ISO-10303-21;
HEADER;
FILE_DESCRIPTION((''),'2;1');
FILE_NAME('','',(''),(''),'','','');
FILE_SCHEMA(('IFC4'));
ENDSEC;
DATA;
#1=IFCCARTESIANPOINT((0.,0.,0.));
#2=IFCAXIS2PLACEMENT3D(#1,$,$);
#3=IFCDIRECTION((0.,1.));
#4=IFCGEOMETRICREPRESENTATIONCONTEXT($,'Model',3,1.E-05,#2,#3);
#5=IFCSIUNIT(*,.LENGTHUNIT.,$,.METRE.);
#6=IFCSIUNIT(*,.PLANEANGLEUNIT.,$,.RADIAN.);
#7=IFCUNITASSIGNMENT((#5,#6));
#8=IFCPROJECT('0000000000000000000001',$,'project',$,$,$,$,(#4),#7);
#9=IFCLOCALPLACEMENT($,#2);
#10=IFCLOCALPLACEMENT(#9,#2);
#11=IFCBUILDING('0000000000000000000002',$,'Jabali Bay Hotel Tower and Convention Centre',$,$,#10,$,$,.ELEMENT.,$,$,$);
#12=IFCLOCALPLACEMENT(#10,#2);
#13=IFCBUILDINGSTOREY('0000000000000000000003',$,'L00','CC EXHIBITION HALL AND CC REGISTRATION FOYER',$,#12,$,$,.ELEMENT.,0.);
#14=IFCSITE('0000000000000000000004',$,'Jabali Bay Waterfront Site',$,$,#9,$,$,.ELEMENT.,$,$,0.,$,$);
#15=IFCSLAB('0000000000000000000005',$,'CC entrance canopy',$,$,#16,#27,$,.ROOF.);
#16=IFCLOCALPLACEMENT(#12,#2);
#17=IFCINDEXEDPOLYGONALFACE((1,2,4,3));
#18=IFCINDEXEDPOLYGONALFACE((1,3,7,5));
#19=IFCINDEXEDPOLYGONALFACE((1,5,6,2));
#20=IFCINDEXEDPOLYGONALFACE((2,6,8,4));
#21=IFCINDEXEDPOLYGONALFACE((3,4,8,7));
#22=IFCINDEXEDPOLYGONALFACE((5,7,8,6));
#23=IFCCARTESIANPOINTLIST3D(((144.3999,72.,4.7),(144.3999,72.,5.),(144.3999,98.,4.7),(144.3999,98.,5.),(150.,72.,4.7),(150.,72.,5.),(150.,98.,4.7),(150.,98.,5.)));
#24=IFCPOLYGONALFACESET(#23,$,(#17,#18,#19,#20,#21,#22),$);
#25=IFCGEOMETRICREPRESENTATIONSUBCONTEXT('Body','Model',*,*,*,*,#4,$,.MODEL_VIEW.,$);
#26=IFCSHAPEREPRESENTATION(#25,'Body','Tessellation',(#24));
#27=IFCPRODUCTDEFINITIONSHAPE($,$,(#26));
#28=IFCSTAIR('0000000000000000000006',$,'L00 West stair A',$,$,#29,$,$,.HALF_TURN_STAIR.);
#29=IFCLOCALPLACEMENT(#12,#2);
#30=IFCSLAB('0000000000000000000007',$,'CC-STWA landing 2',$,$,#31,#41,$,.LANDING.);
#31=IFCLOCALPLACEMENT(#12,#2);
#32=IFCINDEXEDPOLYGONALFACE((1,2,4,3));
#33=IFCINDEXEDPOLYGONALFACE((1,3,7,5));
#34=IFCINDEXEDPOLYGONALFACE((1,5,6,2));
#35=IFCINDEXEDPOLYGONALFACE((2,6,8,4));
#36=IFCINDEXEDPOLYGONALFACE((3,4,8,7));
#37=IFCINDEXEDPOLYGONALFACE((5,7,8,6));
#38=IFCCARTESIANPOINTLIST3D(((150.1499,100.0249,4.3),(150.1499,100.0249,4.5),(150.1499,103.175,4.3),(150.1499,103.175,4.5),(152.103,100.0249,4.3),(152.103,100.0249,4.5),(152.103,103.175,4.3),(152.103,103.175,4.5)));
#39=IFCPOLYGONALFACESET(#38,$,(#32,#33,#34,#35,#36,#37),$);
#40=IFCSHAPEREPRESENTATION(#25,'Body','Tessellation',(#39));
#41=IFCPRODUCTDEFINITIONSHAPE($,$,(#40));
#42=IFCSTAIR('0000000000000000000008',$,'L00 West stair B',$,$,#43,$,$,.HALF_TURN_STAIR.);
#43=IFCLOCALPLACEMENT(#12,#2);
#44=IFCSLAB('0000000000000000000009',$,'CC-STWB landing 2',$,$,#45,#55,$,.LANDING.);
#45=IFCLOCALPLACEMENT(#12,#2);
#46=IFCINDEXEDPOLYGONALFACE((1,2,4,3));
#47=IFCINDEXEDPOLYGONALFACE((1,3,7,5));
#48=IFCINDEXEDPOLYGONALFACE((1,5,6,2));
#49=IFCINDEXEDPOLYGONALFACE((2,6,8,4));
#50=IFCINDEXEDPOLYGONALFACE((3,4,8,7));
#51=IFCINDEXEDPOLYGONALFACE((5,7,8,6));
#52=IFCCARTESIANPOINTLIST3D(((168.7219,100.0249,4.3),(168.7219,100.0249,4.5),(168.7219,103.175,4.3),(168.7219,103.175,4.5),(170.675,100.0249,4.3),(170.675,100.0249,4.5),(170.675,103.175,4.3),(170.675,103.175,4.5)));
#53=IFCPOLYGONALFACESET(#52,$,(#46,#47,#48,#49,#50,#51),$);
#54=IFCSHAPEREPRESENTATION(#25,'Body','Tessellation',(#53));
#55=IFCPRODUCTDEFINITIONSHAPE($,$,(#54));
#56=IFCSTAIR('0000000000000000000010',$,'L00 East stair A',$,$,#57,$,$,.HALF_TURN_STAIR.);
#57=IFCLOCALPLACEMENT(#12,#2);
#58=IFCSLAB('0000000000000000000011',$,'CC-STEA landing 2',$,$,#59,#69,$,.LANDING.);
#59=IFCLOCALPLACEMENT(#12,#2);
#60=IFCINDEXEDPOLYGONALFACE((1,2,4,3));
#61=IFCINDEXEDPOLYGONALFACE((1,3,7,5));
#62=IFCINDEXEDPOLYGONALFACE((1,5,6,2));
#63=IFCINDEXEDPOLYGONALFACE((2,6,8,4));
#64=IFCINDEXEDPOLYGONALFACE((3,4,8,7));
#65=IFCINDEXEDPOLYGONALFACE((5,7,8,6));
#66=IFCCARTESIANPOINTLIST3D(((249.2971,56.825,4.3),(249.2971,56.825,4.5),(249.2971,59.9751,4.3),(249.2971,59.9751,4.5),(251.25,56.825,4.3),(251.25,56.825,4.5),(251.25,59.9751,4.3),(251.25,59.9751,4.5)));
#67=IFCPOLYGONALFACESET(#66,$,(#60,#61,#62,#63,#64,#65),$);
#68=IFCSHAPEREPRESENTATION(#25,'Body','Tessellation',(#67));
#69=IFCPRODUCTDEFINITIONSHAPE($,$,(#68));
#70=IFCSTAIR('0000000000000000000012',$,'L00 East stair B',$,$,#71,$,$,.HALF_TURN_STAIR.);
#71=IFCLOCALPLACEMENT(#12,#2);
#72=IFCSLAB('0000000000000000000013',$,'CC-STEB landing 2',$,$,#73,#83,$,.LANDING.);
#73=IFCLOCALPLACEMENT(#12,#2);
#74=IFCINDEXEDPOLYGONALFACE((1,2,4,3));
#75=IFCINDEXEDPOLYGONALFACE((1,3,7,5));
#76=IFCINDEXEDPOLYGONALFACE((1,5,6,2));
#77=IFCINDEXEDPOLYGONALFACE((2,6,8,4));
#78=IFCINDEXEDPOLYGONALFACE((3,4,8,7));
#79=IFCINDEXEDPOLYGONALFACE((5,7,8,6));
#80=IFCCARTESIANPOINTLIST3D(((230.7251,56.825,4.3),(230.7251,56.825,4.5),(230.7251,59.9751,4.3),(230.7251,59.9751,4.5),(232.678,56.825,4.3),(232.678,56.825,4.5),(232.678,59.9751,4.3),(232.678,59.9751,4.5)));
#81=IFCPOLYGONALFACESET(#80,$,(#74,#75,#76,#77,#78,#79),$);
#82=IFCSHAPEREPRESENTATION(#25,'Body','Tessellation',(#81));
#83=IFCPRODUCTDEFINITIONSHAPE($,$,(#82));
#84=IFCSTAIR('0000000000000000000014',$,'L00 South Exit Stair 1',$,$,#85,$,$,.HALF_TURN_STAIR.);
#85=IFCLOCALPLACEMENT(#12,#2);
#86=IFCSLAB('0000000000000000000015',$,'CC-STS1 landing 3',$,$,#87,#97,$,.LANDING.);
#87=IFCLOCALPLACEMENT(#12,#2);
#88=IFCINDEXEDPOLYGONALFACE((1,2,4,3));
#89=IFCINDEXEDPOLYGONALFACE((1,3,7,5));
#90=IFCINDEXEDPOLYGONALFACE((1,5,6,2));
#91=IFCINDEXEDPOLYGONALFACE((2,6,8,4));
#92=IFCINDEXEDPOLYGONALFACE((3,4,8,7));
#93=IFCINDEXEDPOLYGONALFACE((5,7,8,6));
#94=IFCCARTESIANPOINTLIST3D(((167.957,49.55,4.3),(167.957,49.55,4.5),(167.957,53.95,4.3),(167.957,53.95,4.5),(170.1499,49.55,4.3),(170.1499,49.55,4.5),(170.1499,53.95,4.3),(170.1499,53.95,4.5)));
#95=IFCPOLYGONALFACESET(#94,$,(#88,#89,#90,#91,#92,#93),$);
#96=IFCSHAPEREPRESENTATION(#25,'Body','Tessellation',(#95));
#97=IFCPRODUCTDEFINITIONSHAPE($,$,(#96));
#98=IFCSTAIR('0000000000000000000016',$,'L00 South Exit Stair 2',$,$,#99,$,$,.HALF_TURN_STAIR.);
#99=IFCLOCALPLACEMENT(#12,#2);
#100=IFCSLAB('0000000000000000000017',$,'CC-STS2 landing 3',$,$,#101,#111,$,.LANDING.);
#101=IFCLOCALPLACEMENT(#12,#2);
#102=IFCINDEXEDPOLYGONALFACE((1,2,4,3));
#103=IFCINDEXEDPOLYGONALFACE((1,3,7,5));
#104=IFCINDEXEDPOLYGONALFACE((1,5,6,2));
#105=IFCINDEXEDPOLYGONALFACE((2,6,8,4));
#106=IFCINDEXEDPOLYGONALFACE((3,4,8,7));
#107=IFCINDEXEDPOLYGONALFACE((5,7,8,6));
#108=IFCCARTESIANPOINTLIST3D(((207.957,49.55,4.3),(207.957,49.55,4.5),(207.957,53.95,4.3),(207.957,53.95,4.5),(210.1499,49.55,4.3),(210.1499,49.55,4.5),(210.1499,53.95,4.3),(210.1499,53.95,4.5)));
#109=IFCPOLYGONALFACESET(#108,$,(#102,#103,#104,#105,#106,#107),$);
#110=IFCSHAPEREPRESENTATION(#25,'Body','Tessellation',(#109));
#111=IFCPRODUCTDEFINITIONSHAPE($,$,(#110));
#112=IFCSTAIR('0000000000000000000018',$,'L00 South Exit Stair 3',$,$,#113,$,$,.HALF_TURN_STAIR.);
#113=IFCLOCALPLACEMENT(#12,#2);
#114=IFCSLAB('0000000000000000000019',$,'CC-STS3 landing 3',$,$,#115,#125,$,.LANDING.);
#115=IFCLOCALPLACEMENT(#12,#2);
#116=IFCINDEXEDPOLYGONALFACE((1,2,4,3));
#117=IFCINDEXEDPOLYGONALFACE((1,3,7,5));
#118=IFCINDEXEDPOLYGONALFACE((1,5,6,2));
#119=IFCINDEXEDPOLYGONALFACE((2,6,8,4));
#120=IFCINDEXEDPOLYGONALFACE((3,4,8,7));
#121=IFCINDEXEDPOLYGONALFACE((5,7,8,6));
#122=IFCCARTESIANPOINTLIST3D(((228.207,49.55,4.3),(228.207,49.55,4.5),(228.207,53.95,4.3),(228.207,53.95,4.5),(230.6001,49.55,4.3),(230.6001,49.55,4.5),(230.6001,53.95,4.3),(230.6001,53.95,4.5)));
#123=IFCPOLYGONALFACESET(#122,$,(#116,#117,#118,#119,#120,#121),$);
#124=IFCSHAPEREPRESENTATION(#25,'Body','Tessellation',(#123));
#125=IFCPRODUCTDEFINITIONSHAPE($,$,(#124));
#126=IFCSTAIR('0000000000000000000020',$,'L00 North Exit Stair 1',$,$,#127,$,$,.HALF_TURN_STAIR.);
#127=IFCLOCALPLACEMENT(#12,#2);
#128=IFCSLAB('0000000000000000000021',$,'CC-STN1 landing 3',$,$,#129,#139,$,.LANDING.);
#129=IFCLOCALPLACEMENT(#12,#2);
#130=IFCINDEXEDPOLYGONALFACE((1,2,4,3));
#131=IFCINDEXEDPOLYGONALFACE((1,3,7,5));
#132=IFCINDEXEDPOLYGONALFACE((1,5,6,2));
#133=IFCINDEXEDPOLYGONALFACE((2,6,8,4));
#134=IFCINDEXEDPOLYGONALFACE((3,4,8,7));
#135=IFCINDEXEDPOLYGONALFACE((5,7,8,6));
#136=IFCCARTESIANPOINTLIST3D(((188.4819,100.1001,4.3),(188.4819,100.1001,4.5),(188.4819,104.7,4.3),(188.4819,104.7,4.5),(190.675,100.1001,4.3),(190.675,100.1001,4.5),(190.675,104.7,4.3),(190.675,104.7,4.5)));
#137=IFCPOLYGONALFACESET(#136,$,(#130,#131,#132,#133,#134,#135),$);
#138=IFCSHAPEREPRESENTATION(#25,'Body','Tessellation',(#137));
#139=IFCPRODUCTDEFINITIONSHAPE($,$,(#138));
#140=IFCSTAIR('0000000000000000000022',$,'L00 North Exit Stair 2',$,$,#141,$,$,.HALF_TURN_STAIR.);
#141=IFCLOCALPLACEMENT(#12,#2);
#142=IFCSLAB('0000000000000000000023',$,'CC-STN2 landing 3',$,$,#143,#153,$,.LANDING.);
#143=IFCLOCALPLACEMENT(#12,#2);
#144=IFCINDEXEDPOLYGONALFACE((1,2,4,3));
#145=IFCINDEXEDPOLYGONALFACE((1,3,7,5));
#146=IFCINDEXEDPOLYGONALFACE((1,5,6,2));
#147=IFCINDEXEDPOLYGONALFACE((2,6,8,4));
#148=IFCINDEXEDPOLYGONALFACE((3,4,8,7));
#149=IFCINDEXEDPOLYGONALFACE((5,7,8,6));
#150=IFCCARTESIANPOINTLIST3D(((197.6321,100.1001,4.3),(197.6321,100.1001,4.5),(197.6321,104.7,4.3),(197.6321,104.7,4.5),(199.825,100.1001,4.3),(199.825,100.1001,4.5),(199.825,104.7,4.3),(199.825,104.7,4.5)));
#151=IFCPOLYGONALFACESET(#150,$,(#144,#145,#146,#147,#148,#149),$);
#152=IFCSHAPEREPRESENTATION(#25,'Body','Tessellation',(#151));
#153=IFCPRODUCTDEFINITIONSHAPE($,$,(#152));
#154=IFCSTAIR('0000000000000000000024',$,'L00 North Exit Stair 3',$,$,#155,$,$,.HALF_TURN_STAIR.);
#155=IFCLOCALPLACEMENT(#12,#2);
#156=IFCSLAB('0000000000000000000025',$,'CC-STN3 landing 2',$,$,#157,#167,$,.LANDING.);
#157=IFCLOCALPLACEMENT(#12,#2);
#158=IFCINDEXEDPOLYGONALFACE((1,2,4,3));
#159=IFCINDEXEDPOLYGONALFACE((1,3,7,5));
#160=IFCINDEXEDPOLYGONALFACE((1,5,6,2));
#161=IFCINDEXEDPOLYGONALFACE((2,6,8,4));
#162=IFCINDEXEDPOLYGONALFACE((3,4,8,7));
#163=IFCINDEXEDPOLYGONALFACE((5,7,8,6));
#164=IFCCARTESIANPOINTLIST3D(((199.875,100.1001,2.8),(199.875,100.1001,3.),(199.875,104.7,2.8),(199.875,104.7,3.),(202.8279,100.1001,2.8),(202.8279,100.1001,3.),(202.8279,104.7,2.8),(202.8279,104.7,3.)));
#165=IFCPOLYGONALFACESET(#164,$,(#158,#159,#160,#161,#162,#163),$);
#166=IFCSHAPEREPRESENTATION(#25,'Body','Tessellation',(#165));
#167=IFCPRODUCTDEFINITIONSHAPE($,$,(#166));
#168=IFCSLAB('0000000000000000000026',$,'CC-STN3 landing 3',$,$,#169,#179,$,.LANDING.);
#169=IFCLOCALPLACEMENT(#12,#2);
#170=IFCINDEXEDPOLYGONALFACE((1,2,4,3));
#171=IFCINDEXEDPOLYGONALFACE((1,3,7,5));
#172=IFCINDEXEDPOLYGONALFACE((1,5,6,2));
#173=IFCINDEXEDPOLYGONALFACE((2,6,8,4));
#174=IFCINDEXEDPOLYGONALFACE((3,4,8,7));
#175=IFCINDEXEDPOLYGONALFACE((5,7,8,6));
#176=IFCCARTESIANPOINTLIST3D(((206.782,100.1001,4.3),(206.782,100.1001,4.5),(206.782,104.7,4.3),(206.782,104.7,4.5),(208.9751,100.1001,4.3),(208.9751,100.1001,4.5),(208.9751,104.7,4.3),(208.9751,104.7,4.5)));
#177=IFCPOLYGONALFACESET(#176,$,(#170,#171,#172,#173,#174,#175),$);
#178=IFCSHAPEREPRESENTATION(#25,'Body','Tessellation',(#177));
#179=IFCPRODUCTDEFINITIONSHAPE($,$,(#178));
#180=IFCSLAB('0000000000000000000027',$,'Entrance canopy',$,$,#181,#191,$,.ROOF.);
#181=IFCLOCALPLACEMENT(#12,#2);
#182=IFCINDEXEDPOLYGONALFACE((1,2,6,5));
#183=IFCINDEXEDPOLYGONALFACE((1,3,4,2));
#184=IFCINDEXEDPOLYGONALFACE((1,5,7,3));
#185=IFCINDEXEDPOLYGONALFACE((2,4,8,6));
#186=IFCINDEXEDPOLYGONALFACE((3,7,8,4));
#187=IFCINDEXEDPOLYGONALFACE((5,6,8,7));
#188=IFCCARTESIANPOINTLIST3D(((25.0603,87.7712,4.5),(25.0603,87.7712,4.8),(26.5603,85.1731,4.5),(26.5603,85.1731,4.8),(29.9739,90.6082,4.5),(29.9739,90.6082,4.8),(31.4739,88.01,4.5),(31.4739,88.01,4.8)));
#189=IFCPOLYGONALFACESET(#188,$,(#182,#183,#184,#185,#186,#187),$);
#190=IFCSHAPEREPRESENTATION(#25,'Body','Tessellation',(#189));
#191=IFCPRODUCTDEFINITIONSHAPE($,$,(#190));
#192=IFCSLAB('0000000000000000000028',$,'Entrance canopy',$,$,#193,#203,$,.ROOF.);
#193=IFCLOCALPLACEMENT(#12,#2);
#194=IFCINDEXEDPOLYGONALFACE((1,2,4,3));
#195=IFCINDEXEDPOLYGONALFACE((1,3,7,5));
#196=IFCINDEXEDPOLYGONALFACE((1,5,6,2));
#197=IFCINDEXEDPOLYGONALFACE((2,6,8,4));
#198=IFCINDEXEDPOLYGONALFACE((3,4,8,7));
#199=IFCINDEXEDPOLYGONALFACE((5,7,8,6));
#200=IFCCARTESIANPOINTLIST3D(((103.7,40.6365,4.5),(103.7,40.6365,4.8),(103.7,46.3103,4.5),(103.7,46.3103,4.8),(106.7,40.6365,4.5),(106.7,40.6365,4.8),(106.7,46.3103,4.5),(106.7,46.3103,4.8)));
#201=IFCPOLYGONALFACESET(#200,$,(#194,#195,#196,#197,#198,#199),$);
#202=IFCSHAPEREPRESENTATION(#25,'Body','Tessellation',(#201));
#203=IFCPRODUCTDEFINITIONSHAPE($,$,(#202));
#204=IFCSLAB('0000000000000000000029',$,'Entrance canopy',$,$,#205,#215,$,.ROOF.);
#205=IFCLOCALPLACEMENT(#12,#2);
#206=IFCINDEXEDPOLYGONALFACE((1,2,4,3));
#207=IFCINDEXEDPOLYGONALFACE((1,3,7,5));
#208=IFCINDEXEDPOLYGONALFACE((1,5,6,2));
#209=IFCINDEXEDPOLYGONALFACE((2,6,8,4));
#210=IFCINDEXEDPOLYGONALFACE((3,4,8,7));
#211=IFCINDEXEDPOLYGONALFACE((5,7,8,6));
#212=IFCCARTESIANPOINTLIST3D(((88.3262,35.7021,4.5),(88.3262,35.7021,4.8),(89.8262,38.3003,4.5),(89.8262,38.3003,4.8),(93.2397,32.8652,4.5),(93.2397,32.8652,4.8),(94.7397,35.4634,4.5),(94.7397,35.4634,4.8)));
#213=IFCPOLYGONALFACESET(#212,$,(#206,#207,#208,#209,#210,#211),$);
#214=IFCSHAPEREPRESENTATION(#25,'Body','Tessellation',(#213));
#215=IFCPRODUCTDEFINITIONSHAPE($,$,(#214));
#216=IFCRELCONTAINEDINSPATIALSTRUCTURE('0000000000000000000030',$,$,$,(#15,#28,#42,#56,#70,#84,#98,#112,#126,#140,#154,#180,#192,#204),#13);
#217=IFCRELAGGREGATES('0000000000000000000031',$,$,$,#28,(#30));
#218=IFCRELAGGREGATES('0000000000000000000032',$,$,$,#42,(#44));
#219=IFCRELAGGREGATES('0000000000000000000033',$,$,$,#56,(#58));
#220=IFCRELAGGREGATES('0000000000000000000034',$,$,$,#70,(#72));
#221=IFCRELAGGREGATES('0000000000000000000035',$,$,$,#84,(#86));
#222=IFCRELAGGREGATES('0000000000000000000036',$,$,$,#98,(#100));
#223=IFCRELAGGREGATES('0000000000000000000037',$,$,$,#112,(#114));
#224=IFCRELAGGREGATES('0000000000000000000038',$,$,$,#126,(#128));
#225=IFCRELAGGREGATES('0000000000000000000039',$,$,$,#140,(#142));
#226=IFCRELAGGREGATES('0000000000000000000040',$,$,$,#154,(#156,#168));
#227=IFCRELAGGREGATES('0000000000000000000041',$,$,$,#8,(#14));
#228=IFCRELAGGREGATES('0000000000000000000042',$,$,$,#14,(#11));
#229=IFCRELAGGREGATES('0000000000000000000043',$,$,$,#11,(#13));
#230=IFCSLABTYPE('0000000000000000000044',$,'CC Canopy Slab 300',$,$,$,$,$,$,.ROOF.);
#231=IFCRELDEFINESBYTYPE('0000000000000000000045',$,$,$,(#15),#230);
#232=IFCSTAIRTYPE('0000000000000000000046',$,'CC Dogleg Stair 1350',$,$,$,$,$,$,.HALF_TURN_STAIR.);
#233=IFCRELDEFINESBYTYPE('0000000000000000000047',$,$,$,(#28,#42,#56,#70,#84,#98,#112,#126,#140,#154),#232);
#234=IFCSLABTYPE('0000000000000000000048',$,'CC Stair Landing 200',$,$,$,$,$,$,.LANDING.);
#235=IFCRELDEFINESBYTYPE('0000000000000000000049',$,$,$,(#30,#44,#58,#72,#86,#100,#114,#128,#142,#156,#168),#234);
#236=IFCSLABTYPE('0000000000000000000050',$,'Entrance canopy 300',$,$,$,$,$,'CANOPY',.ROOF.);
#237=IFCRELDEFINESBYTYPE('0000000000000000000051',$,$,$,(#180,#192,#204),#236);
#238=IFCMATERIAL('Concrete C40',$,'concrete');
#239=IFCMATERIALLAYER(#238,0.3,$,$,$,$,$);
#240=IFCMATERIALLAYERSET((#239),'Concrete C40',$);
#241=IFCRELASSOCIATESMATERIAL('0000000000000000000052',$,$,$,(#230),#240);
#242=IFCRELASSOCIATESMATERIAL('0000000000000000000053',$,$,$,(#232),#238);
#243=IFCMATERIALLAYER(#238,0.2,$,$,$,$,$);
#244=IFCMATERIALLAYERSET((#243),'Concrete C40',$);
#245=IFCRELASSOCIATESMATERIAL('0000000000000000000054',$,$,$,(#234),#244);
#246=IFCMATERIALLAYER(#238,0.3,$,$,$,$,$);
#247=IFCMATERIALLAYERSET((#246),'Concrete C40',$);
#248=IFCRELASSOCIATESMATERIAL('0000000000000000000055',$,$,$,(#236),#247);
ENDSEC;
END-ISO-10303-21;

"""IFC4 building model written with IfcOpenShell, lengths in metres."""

from ifc_helpers import new_model, si_unit, direction, frame, origin, place, context, subcontext, project, spatial, polyline, outline, extrude, material, layer, layer_set, type_object, element, aggregate, save


model = new_model("IFC4")

# Units and contexts
model_context = context("Model", 3, precision=1e-05, world=origin(), true_north=direction((0.0, 1.0)))
body_context = subcontext(model_context, "Body", "Model", "MODEL_VIEW")
ifc_project = project(units=[si_unit("LENGTHUNIT", "METRE"), si_unit("PLANEANGLEUNIT", "RADIAN")], contexts=[model_context])

# Site, building, storey
site_placement = place(None, origin())
site = spatial("IfcSite", under=ifc_project, at=site_placement, Name="Jabali Bay Waterfront Site", CompositionType="ELEMENT", RefElevation=0.0)
building_placement = place(site_placement, origin())
building = spatial("IfcBuilding", under=site, at=building_placement, Name="Jabali Bay Hotel Tower and Convention Centre", CompositionType="ELEMENT")
storey_placement = place(building_placement, origin())
storey = spatial("IfcBuildingStorey", under=building, at=storey_placement, Name="L00", Description="CC EXHIBITION HALL AND CC REGISTRATION FOYER", CompositionType="ELEMENT", Elevation=0.0)

# Slab
ifc_material = material(Name="Concrete C40", Category="concrete")
ifc_layer_1 = layer(ifc_material, 0.3)
ifc_layer_set_1 = layer_set([ifc_layer_1], Name="Concrete C40")
slab_type_1 = type_object("IfcSlabType", Name="CC Canopy Slab 300", PredefinedType="ROOF", material=ifc_layer_set_1)
slab_1_placement = place(storey_placement, frame((0.0, 0.0, 4.7)))
element("IfcSlab", 1, at=slab_1_placement, inside=storey, type_object=slab_type_1, Name="CC entrance canopy", PredefinedType="ROOF", context=body_context, shape_type="SweptSolid", body=[
    extrude(outline(polyline([(150.0, 72.0), (150.0, 98.0), (144.3999, 98.0), (144.3999, 72.0), (150.0, 72.0)])), origin(), (0.0, 0.0, 1.0), 0.3),
])

# Stairs, slabs
stair_type_1 = type_object("IfcStairType", Name="CC Dogleg Stair 1350", PredefinedType="HALF_TURN_STAIR", material=ifc_material)
stair_1_placement = place(storey_placement, origin())
stair_1 = element("IfcStair", 2, at=stair_1_placement, inside=storey, type_object=stair_type_1, Name="L00 West stair A", PredefinedType="HALF_TURN_STAIR")
ifc_layer_2 = layer(ifc_material, 0.2)
ifc_layer_set_2 = layer_set([ifc_layer_2], Name="Concrete C40")
slab_type_2 = type_object("IfcSlabType", Name="CC Stair Landing 200", PredefinedType="LANDING", material=ifc_layer_set_2)
slab_2_placement = place(storey_placement, frame((0.0, 0.0, 4.3)))
slab_2 = element("IfcSlab", 3, at=slab_2_placement, type_object=slab_type_2, Name="CC-STWA landing 2", PredefinedType="LANDING", context=body_context, shape_type="SweptSolid", body=[
    extrude(outline(polyline([(150.1499, 100.0249), (152.103, 100.0249), (152.103, 103.175), (150.1499, 103.175), (150.1499, 100.0249)])), origin(), (0.0, 0.0, 1.0), 0.2),
])
aggregate(stair_1, [slab_2])
stair_2_placement = place(storey_placement, origin())
stair_2 = element("IfcStair", 4, at=stair_2_placement, inside=storey, type_object=stair_type_1, Name="L00 West stair B", PredefinedType="HALF_TURN_STAIR")
slab_3_placement = place(storey_placement, frame((0.0, 0.0, 4.3)))
slab_3 = element("IfcSlab", 5, at=slab_3_placement, type_object=slab_type_2, Name="CC-STWB landing 2", PredefinedType="LANDING", context=body_context, shape_type="SweptSolid", body=[
    extrude(outline(polyline([(168.7219, 100.0249), (170.675, 100.0249), (170.675, 103.175), (168.7219, 103.175), (168.7219, 100.0249)])), origin(), (0.0, 0.0, 1.0), 0.2),
])
aggregate(stair_2, [slab_3])
stair_3_placement = place(storey_placement, origin())
stair_3 = element("IfcStair", 6, at=stair_3_placement, inside=storey, type_object=stair_type_1, Name="L00 East stair A", PredefinedType="HALF_TURN_STAIR")
slab_4_placement = place(storey_placement, frame((0.0, 0.0, 4.3)))
slab_4 = element("IfcSlab", 7, at=slab_4_placement, type_object=slab_type_2, Name="CC-STEA landing 2", PredefinedType="LANDING", context=body_context, shape_type="SweptSolid", body=[
    extrude(outline(polyline([(249.2971, 56.825), (251.25, 56.825), (251.25, 59.9751), (249.2971, 59.9751), (249.2971, 56.825)])), origin(), (0.0, 0.0, 1.0), 0.2),
])
aggregate(stair_3, [slab_4])
stair_4_placement = place(storey_placement, origin())
stair_4 = element("IfcStair", 8, at=stair_4_placement, inside=storey, type_object=stair_type_1, Name="L00 East stair B", PredefinedType="HALF_TURN_STAIR")
slab_5_placement = place(storey_placement, frame((0.0, 0.0, 4.3)))
slab_5 = element("IfcSlab", 9, at=slab_5_placement, type_object=slab_type_2, Name="CC-STEB landing 2", PredefinedType="LANDING", context=body_context, shape_type="SweptSolid", body=[
    extrude(outline(polyline([(230.7251, 56.825), (232.678, 56.825), (232.678, 59.9751), (230.7251, 59.9751), (230.7251, 56.825)])), origin(), (0.0, 0.0, 1.0), 0.2),
])
aggregate(stair_4, [slab_5])
stair_5_placement = place(storey_placement, origin())
stair_5 = element("IfcStair", 10, at=stair_5_placement, inside=storey, type_object=stair_type_1, Name="L00 South Exit Stair 1", PredefinedType="HALF_TURN_STAIR")
slab_6_placement = place(storey_placement, frame((0.0, 0.0, 4.3)))
slab_6 = element("IfcSlab", 11, at=slab_6_placement, type_object=slab_type_2, Name="CC-STS1 landing 3", PredefinedType="LANDING", context=body_context, shape_type="SweptSolid", body=[
    extrude(outline(polyline([(167.957, 49.55), (170.1499, 49.55), (170.1499, 53.95), (167.957, 53.95), (167.957, 49.55)])), origin(), (0.0, 0.0, 1.0), 0.2),
])
aggregate(stair_5, [slab_6])
stair_6_placement = place(storey_placement, origin())
stair_6 = element("IfcStair", 12, at=stair_6_placement, inside=storey, type_object=stair_type_1, Name="L00 South Exit Stair 2", PredefinedType="HALF_TURN_STAIR")
slab_7_placement = place(storey_placement, frame((0.0, 0.0, 4.3)))
slab_7 = element("IfcSlab", 13, at=slab_7_placement, type_object=slab_type_2, Name="CC-STS2 landing 3", PredefinedType="LANDING", context=body_context, shape_type="SweptSolid", body=[
    extrude(outline(polyline([(207.957, 49.55), (210.1499, 49.55), (210.1499, 53.95), (207.957, 53.95), (207.957, 49.55)])), origin(), (0.0, 0.0, 1.0), 0.2),
])
aggregate(stair_6, [slab_7])
stair_7_placement = place(storey_placement, origin())
stair_7 = element("IfcStair", 14, at=stair_7_placement, inside=storey, type_object=stair_type_1, Name="L00 South Exit Stair 3", PredefinedType="HALF_TURN_STAIR")
slab_8_placement = place(storey_placement, frame((0.0, 0.0, 4.3)))
slab_8 = element("IfcSlab", 15, at=slab_8_placement, type_object=slab_type_2, Name="CC-STS3 landing 3", PredefinedType="LANDING", context=body_context, shape_type="SweptSolid", body=[
    extrude(outline(polyline([(228.207, 49.55), (230.6001, 49.55), (230.6001, 53.95), (228.207, 53.95), (228.207, 49.55)])), origin(), (0.0, 0.0, 1.0), 0.2),
])
aggregate(stair_7, [slab_8])
stair_8_placement = place(storey_placement, origin())
stair_8 = element("IfcStair", 16, at=stair_8_placement, inside=storey, type_object=stair_type_1, Name="L00 North Exit Stair 1", PredefinedType="HALF_TURN_STAIR")
slab_9_placement = place(storey_placement, frame((0.0, 0.0, 4.3)))
slab_9 = element("IfcSlab", 17, at=slab_9_placement, type_object=slab_type_2, Name="CC-STN1 landing 3", PredefinedType="LANDING", context=body_context, shape_type="SweptSolid", body=[
    extrude(outline(polyline([(188.4819, 100.1001), (190.675, 100.1001), (190.675, 104.7), (188.4819, 104.7), (188.4819, 100.1001)])), origin(), (0.0, 0.0, 1.0), 0.2),
])
aggregate(stair_8, [slab_9])
stair_9_placement = place(storey_placement, origin())
stair_9 = element("IfcStair", 18, at=stair_9_placement, inside=storey, type_object=stair_type_1, Name="L00 North Exit Stair 2", PredefinedType="HALF_TURN_STAIR")
slab_10_placement = place(storey_placement, frame((0.0, 0.0, 4.3)))
slab_10 = element("IfcSlab", 19, at=slab_10_placement, type_object=slab_type_2, Name="CC-STN2 landing 3", PredefinedType="LANDING", context=body_context, shape_type="SweptSolid", body=[
    extrude(outline(polyline([(197.6321, 100.1001), (199.825, 100.1001), (199.825, 104.7), (197.6321, 104.7), (197.6321, 100.1001)])), origin(), (0.0, 0.0, 1.0), 0.2),
])
aggregate(stair_9, [slab_10])

# Stair, slabs
stair_10_placement = place(storey_placement, origin())
stair_10 = element("IfcStair", 20, at=stair_10_placement, inside=storey, type_object=stair_type_1, Name="L00 North Exit Stair 3", PredefinedType="HALF_TURN_STAIR")
slab_11_placement = place(storey_placement, frame((0.0, 0.0, 2.8)))
slab_11 = element("IfcSlab", 21, at=slab_11_placement, type_object=slab_type_2, Name="CC-STN3 landing 2", PredefinedType="LANDING", context=body_context, shape_type="SweptSolid", body=[
    extrude(outline(polyline([(199.875, 100.1001), (202.8279, 100.1001), (202.8279, 104.7), (199.875, 104.7), (199.875, 100.1001)])), origin(), (0.0, 0.0, 1.0), 0.2),
])
slab_12_placement = place(storey_placement, frame((0.0, 0.0, 4.3)))
slab_12 = element("IfcSlab", 22, at=slab_12_placement, type_object=slab_type_2, Name="CC-STN3 landing 3", PredefinedType="LANDING", context=body_context, shape_type="SweptSolid", body=[
    extrude(outline(polyline([(206.782, 100.1001), (208.9751, 100.1001), (208.9751, 104.7), (206.782, 104.7), (206.782, 100.1001)])), origin(), (0.0, 0.0, 1.0), 0.2),
])
aggregate(stair_10, [slab_11, slab_12])

# Slabs
ifc_layer_3 = layer(ifc_material, 0.3)
ifc_layer_set_3 = layer_set([ifc_layer_3], Name="Concrete C40")
slab_type_3 = type_object("IfcSlabType", Name="Entrance canopy 300", ElementType="CANOPY", PredefinedType="ROOF", material=ifc_layer_set_3)
slab_13_placement = place(storey_placement, frame((0.0, 0.0, 4.5)))
element("IfcSlab", 23, at=slab_13_placement, inside=storey, type_object=slab_type_3, Name="Entrance canopy", PredefinedType="ROOF", context=body_context, shape_type="SweptSolid", body=[
    extrude(outline(polyline([(26.5603, 85.1731), (31.4739, 88.01), (29.9739, 90.6082), (25.0603, 87.7712), (26.5603, 85.1731)])), origin(), (0.0, 0.0, 1.0), 0.3),
])
slab_14_placement = place(storey_placement, frame((0.0, 0.0, 4.5)))
element("IfcSlab", 24, at=slab_14_placement, inside=storey, type_object=slab_type_3, Name="Entrance canopy", PredefinedType="ROOF", context=body_context, shape_type="SweptSolid", body=[
    extrude(outline(polyline([(103.7, 46.3103), (103.7, 40.6365), (106.7, 40.6365), (106.7, 46.3103), (103.7, 46.3103)])), origin(), (0.0, 0.0, 1.0), 0.3),
])
slab_15_placement = place(storey_placement, frame((0.0, 0.0, 4.5)))
element("IfcSlab", 25, at=slab_15_placement, inside=storey, type_object=slab_type_3, Name="Entrance canopy", PredefinedType="ROOF", context=body_context, shape_type="SweptSolid", body=[
    extrude(outline(polyline([(94.7397, 35.4634), (89.8262, 38.3003), (88.3262, 35.7021), (93.2397, 32.8652), (94.7397, 35.4634)])), origin(), (0.0, 0.0, 1.0), 0.3),
])

save(model, "model.ifc")
